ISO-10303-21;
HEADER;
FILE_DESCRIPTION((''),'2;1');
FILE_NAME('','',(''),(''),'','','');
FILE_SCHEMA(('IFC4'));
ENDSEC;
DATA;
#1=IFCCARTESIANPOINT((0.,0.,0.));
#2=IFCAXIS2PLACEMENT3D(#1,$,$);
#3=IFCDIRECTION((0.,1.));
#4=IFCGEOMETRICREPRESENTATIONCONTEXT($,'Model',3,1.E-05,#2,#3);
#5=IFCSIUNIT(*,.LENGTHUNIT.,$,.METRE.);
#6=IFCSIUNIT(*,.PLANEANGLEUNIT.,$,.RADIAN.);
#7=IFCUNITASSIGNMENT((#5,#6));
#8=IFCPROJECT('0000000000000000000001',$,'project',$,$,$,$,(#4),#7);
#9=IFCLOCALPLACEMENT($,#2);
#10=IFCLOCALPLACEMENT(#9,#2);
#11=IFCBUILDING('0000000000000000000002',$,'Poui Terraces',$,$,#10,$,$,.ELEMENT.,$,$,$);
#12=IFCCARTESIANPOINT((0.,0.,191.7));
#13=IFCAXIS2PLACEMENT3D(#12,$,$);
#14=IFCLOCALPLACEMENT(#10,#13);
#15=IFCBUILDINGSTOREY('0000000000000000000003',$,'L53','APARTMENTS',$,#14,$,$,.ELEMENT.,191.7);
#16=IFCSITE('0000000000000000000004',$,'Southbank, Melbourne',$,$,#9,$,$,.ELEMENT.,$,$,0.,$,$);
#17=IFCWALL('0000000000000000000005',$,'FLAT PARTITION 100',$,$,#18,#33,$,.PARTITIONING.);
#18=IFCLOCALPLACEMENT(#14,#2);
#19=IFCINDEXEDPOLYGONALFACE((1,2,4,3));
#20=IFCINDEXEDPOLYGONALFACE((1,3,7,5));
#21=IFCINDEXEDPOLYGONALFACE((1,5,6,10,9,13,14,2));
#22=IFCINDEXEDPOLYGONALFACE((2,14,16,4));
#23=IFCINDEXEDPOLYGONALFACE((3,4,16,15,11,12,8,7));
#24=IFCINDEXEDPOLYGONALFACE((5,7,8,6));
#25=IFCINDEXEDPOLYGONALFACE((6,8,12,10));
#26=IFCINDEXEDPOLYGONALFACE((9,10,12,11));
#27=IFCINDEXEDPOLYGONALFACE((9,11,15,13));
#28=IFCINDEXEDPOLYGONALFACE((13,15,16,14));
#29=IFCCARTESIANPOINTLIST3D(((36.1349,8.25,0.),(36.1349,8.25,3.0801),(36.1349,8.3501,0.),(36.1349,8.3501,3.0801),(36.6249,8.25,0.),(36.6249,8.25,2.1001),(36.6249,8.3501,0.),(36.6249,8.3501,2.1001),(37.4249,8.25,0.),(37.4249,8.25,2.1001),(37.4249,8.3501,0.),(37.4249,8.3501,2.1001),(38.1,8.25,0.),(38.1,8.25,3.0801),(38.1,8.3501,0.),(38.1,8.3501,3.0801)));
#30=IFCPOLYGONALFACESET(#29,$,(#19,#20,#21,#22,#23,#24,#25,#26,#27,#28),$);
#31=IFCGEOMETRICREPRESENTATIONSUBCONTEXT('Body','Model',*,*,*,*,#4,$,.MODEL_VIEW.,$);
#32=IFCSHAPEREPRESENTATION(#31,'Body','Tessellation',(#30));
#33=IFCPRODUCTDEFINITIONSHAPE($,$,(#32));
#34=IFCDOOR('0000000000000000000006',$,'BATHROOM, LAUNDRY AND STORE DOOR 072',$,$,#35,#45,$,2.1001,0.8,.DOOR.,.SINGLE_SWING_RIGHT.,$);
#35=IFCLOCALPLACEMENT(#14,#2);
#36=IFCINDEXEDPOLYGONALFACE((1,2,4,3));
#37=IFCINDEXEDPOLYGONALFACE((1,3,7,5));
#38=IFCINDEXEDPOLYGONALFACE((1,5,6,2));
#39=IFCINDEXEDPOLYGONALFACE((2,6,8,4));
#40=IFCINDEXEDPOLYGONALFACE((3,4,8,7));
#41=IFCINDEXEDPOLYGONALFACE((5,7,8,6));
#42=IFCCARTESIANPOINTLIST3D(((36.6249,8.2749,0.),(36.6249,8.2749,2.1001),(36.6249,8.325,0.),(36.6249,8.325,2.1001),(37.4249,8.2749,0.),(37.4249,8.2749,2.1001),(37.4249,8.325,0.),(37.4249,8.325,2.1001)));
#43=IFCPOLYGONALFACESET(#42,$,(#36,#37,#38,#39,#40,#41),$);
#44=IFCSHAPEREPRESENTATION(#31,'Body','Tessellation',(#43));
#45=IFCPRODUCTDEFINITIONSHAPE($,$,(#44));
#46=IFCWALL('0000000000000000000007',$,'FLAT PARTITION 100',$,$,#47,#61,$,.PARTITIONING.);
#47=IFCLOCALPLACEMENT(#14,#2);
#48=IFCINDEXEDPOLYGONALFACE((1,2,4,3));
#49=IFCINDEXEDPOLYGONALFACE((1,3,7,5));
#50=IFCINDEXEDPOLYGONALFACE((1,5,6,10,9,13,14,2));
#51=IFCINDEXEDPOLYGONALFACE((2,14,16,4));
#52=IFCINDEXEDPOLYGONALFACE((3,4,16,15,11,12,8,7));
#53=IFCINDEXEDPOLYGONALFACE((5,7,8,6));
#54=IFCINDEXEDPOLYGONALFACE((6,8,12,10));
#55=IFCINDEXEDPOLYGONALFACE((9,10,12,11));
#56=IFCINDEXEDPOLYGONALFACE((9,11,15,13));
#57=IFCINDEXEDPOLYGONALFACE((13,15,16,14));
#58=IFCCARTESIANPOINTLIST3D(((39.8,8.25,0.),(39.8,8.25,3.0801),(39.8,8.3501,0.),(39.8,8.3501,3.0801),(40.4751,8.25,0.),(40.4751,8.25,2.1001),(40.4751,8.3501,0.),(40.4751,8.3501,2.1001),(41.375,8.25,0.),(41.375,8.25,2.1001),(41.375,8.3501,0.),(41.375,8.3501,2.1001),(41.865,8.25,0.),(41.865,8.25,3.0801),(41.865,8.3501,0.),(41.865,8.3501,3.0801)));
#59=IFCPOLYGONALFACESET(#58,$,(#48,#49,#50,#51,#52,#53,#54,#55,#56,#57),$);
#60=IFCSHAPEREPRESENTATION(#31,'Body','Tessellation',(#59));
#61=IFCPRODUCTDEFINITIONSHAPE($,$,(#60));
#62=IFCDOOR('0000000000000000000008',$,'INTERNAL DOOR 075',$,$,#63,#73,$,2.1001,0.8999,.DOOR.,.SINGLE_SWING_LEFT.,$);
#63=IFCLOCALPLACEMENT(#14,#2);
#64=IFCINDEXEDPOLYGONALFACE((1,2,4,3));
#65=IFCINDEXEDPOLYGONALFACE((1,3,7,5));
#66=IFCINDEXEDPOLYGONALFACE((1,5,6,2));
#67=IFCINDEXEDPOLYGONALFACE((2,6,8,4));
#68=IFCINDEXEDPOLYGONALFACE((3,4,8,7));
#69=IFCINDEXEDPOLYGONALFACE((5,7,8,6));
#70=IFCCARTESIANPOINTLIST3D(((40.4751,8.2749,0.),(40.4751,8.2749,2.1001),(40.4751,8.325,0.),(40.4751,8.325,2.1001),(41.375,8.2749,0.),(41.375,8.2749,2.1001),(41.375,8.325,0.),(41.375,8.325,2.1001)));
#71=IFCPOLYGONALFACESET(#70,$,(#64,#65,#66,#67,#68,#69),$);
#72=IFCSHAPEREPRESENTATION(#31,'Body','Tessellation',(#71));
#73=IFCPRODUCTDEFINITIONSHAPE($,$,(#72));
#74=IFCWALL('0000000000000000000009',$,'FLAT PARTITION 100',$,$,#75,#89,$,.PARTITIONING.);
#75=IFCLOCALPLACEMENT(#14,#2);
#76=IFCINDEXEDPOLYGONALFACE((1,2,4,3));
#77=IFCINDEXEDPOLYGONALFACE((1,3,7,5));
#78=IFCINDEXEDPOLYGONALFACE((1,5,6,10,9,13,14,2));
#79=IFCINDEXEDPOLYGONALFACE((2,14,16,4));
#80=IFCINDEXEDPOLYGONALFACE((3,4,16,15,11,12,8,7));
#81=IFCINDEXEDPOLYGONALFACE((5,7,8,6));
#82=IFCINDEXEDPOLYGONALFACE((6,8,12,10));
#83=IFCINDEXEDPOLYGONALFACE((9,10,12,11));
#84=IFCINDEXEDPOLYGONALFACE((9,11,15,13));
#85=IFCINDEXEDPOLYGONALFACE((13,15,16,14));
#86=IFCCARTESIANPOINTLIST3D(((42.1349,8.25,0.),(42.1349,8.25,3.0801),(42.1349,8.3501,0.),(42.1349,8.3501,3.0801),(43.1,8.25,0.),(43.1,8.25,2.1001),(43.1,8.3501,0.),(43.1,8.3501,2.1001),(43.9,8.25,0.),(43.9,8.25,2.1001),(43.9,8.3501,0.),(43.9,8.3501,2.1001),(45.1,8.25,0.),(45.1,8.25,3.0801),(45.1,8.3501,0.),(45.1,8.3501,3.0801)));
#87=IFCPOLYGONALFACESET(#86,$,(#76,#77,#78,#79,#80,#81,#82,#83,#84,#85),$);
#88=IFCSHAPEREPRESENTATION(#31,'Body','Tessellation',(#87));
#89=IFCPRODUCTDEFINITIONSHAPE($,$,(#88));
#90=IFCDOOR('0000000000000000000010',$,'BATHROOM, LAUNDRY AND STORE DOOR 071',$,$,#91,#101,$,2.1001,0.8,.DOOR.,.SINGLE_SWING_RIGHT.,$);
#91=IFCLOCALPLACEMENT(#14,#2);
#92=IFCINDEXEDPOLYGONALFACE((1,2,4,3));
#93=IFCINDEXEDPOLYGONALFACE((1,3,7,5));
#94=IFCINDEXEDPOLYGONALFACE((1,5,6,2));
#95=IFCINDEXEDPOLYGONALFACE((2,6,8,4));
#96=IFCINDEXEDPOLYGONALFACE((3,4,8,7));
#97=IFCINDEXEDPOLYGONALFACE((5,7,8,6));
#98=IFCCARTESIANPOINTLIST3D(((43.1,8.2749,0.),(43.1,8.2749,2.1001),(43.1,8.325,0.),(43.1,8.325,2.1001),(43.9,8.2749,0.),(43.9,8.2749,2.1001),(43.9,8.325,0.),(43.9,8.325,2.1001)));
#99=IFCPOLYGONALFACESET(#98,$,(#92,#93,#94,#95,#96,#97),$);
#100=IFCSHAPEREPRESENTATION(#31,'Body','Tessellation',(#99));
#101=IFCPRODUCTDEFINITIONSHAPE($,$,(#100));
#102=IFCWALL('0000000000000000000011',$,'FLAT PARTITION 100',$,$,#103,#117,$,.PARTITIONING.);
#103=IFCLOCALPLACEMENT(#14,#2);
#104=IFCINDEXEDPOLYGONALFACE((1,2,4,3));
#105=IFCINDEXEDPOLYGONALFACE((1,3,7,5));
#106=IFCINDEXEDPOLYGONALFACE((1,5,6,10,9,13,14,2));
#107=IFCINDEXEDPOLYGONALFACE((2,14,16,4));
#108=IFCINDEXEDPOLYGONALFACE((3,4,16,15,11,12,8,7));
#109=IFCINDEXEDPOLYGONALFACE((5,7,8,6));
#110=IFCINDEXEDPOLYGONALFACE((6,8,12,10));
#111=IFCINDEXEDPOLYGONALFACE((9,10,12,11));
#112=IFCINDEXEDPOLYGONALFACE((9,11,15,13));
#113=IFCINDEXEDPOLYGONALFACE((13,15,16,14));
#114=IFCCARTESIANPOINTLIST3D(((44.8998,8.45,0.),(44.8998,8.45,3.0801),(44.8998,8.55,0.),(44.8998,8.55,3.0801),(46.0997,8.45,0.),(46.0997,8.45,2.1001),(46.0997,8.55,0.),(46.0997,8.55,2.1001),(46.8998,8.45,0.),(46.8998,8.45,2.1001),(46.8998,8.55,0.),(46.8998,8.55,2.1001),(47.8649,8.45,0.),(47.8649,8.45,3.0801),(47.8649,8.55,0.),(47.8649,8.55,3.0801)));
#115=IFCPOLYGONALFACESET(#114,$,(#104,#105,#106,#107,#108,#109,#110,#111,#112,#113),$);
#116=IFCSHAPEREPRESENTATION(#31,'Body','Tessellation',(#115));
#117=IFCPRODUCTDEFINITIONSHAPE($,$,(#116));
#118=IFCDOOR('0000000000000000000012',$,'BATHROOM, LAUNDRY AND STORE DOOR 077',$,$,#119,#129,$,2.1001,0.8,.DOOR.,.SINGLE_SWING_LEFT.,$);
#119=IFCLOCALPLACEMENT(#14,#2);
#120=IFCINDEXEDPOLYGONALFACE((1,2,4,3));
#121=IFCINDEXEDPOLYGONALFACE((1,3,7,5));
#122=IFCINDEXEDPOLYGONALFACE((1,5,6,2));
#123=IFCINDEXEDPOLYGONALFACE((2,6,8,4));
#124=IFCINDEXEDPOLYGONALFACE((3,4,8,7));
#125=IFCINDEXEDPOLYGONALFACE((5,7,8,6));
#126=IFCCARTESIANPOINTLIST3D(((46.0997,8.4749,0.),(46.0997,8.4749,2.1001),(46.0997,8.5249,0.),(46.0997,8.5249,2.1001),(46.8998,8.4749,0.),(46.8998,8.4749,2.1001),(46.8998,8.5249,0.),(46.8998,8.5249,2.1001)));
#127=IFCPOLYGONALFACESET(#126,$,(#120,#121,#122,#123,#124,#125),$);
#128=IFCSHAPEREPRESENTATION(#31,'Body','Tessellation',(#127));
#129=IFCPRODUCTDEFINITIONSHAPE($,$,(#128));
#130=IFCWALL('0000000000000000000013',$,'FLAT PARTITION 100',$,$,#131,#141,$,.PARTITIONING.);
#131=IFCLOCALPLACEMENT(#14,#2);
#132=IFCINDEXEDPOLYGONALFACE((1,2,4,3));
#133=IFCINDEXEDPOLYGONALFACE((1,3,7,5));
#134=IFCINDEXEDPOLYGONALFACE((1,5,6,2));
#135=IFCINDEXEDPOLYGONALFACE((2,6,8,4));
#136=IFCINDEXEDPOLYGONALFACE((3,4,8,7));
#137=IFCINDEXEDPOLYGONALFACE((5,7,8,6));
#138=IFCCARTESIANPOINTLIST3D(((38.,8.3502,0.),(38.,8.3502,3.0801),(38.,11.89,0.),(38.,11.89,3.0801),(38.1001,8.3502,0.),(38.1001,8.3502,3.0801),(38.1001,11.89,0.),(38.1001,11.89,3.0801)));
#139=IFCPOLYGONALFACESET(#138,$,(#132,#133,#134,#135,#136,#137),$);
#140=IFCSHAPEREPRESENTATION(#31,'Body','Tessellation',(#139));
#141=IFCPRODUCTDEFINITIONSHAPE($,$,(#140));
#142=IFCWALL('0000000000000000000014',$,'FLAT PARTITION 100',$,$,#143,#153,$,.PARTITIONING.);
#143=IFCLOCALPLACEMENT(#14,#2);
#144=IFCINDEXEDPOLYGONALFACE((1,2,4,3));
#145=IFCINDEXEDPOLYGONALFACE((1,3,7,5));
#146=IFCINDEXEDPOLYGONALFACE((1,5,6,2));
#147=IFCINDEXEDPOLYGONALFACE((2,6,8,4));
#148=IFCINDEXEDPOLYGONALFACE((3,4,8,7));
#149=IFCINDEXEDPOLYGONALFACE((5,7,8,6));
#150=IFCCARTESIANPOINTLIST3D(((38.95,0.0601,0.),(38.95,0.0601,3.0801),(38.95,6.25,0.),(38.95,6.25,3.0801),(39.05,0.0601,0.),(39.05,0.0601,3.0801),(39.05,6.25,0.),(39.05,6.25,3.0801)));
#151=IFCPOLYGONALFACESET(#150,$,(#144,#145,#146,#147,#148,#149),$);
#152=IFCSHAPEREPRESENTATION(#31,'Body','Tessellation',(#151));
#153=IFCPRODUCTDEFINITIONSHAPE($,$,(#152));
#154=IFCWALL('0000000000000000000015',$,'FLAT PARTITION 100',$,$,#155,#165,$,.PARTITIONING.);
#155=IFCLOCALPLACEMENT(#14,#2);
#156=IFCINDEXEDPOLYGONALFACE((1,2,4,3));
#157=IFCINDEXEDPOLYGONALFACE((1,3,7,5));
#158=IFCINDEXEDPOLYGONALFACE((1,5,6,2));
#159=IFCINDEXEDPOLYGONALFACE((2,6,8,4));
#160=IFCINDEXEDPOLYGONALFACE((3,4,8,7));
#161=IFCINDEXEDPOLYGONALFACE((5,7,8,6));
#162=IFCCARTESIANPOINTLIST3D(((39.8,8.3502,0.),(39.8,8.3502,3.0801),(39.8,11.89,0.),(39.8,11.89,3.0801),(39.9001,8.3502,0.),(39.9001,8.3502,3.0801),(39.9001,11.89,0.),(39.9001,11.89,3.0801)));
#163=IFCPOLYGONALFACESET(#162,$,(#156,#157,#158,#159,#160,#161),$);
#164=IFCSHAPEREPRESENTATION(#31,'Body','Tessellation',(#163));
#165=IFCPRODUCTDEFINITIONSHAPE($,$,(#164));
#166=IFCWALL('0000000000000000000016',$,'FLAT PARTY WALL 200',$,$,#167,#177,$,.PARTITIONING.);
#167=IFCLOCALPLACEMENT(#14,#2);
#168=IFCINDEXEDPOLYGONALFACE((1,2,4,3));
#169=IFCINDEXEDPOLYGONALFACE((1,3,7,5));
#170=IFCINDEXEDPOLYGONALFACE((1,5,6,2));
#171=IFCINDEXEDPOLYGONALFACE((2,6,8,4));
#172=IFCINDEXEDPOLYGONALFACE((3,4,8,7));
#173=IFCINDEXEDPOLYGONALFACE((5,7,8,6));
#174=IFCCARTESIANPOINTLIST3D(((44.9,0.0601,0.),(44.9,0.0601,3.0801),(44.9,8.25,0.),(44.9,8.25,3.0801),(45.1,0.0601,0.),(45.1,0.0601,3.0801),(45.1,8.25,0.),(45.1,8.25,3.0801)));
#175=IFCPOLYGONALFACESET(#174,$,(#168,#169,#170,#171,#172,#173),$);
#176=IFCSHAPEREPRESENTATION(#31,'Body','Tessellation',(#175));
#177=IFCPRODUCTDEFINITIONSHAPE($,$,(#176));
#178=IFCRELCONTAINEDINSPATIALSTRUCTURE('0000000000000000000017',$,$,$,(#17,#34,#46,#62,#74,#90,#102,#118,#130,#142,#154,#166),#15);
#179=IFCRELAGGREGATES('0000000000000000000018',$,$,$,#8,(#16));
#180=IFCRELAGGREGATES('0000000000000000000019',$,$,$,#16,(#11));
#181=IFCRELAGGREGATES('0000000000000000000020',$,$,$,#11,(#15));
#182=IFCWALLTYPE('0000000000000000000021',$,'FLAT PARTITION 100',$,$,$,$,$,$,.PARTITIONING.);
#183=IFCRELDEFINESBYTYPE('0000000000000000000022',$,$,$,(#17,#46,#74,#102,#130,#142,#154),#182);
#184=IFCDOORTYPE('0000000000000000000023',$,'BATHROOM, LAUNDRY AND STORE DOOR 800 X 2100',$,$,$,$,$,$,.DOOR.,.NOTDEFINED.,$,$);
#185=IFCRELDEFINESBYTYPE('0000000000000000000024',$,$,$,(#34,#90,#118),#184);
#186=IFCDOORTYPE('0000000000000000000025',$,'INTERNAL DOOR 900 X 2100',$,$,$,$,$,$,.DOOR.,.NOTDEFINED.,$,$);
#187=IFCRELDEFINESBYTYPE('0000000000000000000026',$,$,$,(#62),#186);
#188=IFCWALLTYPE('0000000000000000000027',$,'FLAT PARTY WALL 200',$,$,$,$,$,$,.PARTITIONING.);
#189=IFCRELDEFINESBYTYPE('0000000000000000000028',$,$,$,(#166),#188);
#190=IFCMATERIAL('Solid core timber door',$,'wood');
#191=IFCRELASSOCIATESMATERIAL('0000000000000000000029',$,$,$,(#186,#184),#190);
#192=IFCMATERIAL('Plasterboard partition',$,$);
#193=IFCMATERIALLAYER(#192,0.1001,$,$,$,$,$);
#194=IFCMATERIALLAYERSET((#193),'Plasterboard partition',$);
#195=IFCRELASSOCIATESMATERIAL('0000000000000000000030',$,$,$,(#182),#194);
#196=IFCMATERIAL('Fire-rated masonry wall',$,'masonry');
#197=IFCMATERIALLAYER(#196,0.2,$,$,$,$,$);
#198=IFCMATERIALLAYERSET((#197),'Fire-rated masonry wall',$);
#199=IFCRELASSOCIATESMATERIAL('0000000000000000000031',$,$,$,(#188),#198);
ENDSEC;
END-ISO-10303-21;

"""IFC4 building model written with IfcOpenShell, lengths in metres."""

from ifc_helpers import new_model, si_unit, direction, frame, frame_2d, origin, place, context, subcontext, project, spatial, rectangle, extrude, material, layer, layer_set, type_object, element, fill, save


model = new_model("IFC4")

# Units and contexts
model_context = context("Model", 3, precision=1e-05, world=origin(), true_north=direction((0.0, 1.0)))
body_context = subcontext(model_context, "Body", "Model", "MODEL_VIEW")
ifc_project = project(units=[si_unit("LENGTHUNIT", "METRE"), si_unit("PLANEANGLEUNIT", "RADIAN")], contexts=[model_context])

# Site, building, storey
site_placement = place(None, origin())
site = spatial("IfcSite", under=ifc_project, at=site_placement, Name="Southbank, Melbourne", CompositionType="ELEMENT", RefElevation=0.0)
building_placement = place(site_placement, origin())
building = spatial("IfcBuilding", under=site, at=building_placement, Name="Poui Terraces", CompositionType="ELEMENT")
storey_placement = place(building_placement, frame((0.0, 0.0, 191.7)))
storey = spatial("IfcBuildingStorey", under=building, at=storey_placement, Name="L53", Description="APARTMENTS", CompositionType="ELEMENT", Elevation=191.7)

# Walls, openings, doors
ifc_material_1 = material(Name="Solid core timber door", Category="wood")
door_type_1 = type_object("IfcDoorType", Name="INTERNAL DOOR 900 X 2100", OperationType="NOTDEFINED", PredefinedType="DOOR", material=ifc_material_1)
ifc_material_2 = material(Name="Plasterboard partition")
ifc_layer_1 = layer(ifc_material_2, 0.1001)
ifc_layer_set_1 = layer_set([ifc_layer_1], Name="Plasterboard partition")
wall_type_1 = type_object("IfcWallType", Name="FLAT PARTITION 100", PredefinedType="PARTITIONING", material=ifc_layer_set_1)
wall_1_placement = place(storey_placement, frame((36.135, 8.3, 0.0), z_axis=(0.0, 0.0, 1.0), x_axis=(1.0, 0.0, 0.0)))
wall_1 = element("IfcWall", 1, at=wall_1_placement, inside=storey, type_object=wall_type_1, Name="FLAT PARTITION 100", PredefinedType="PARTITIONING", context=body_context, shape_type="SweptSolid", body=[
    extrude(rectangle(XDim=1.9651, YDim=0.1001, at=frame_2d((0.9824, 0.0))), origin(), (0.0, 0.0, 1.0), 3.0801),
])
opening_1_placement = place(wall_1_placement, frame((0.49, 0.0, 0.0)))
opening_1 = element("IfcOpeningElement", 2, at=opening_1_placement, cuts=wall_1, PredefinedType="OPENING", context=body_context, shape_type="SweptSolid", body=[
    extrude(rectangle(XDim=0.8, YDim=2.1001, at=frame_2d((0.3999, 1.05))), frame((0.0, 0.0601, 0.0), z_axis=(0.0, -1.0, 0.0), x_axis=(1.0, 0.0, 0.0)), (0.0, 0.0, 1.0), 0.1201),
])
door_type_2 = type_object("IfcDoorType", Name="BATHROOM, LAUNDRY AND STORE DOOR 800 X 2100", OperationType="NOTDEFINED", PredefinedType="DOOR", material=ifc_material_1)
door_1_placement = place(opening_1_placement, origin())
door_1 = element("IfcDoor", 3, at=door_1_placement, inside=storey, type_object=door_type_2, Name="BATHROOM, LAUNDRY AND STORE DOOR 072", OperationType="SINGLE_SWING_RIGHT", OverallHeight=2.1001, OverallWidth=0.8, PredefinedType="DOOR", context=body_context, shape_type="SweptSolid", body=[
    extrude(rectangle(XDim=0.8, YDim=2.1001, at=frame_2d((0.3999, 1.05))), frame((0.0, 0.0249, 0.0), z_axis=(0.0, -1.0, 0.0), x_axis=(1.0, 0.0, 0.0)), (0.0, 0.0, 1.0), 0.05),
])
fill(opening_1, door_1)
wall_2_placement = place(storey_placement, frame((39.8, 8.3, 0.0), z_axis=(0.0, 0.0, 1.0), x_axis=(1.0, 0.0, 0.0)))
wall_2 = element("IfcWall", 4, at=wall_2_placement, inside=storey, type_object=wall_type_1, Name="FLAT PARTITION 100", PredefinedType="PARTITIONING", context=body_context, shape_type="SweptSolid", body=[
    extrude(rectangle(XDim=2.0649, YDim=0.1001, at=frame_2d((1.0325, 0.0))), origin(), (0.0, 0.0, 1.0), 3.0801),
])
opening_2_placement = place(wall_2_placement, frame((0.675, 0.0, 0.0)))
opening_2 = element("IfcOpeningElement", 5, at=opening_2_placement, cuts=wall_2, PredefinedType="OPENING", context=body_context, shape_type="SweptSolid", body=[
    extrude(rectangle(XDim=0.8999, YDim=2.1001, at=frame_2d((0.45, 1.05))), frame((0.0, 0.0601, 0.0), z_axis=(0.0, -1.0, 0.0), x_axis=(1.0, 0.0, 0.0)), (0.0, 0.0, 1.0), 0.1201),
])
door_2_placement = place(opening_2_placement, origin())
door_2 = element("IfcDoor", 6, at=door_2_placement, inside=storey, type_object=door_type_1, Name="INTERNAL DOOR 075", OperationType="SINGLE_SWING_LEFT", OverallHeight=2.1001, OverallWidth=0.8999, PredefinedType="DOOR", context=body_context, shape_type="SweptSolid", body=[
    extrude(rectangle(XDim=0.8999, YDim=2.1001, at=frame_2d((0.45, 1.05))), frame((0.0, 0.0249, 0.0), z_axis=(0.0, -1.0, 0.0), x_axis=(1.0, 0.0, 0.0)), (0.0, 0.0, 1.0), 0.05),
])
fill(opening_2, door_2)
wall_3_placement = place(storey_placement, frame((42.135, 8.3, 0.0), z_axis=(0.0, 0.0, 1.0), x_axis=(1.0, 0.0, 0.0)))
wall_3 = element("IfcWall", 7, at=wall_3_placement, inside=storey, type_object=wall_type_1, Name="FLAT PARTITION 100", PredefinedType="PARTITIONING", context=body_context, shape_type="SweptSolid", body=[
    extrude(rectangle(XDim=2.9651, YDim=0.1001, at=frame_2d((1.4824, 0.0))), origin(), (0.0, 0.0, 1.0), 3.0801),
])
opening_3_placement = place(wall_3_placement, frame((0.9651, 0.0, 0.0)))
opening_3 = element("IfcOpeningElement", 8, at=opening_3_placement, cuts=wall_3, PredefinedType="OPENING", context=body_context, shape_type="SweptSolid", body=[
    extrude(rectangle(XDim=0.8, YDim=2.1001, at=frame_2d((0.3999, 1.05))), frame((0.0, 0.0601, 0.0), z_axis=(0.0, -1.0, 0.0), x_axis=(1.0, 0.0, 0.0)), (0.0, 0.0, 1.0), 0.1201),
])
door_3_placement = place(opening_3_placement, origin())
door_3 = element("IfcDoor", 9, at=door_3_placement, inside=storey, type_object=door_type_2, Name="BATHROOM, LAUNDRY AND STORE DOOR 071", OperationType="SINGLE_SWING_RIGHT", OverallHeight=2.1001, OverallWidth=0.8, PredefinedType="DOOR", context=body_context, shape_type="SweptSolid", body=[
    extrude(rectangle(XDim=0.8, YDim=2.1001, at=frame_2d((0.3999, 1.05))), frame((0.0, 0.0249, 0.0), z_axis=(0.0, -1.0, 0.0), x_axis=(1.0, 0.0, 0.0)), (0.0, 0.0, 1.0), 0.05),
])
fill(opening_3, door_3)
wall_4_placement = place(storey_placement, frame((44.8999, 8.5, 0.0), z_axis=(0.0, 0.0, 1.0), x_axis=(1.0, 0.0, 0.0)))
wall_4 = element("IfcWall", 10, at=wall_4_placement, inside=storey, type_object=wall_type_1, Name="FLAT PARTITION 100", PredefinedType="PARTITIONING", context=body_context, shape_type="SweptSolid", body=[
    extrude(rectangle(XDim=2.9651, YDim=0.1001, at=frame_2d((1.4824, 0.0))), origin(), (0.0, 0.0, 1.0), 3.0801),
])
opening_4_placement = place(wall_4_placement, frame((1.2, 0.0, 0.0)))
opening_4 = element("IfcOpeningElement", 11, at=opening_4_placement, cuts=wall_4, PredefinedType="OPENING", context=body_context, shape_type="SweptSolid", body=[
    extrude(rectangle(XDim=0.8, YDim=2.1001, at=frame_2d((0.3999, 1.05))), frame((0.0, 0.0601, 0.0), z_axis=(0.0, -1.0, 0.0), x_axis=(1.0, 0.0, 0.0)), (0.0, 0.0, 1.0), 0.1201),
])
door_4_placement = place(opening_4_placement, origin())
door_4 = element("IfcDoor", 12, at=door_4_placement, inside=storey, type_object=door_type_2, Name="BATHROOM, LAUNDRY AND STORE DOOR 077", OperationType="SINGLE_SWING_LEFT", OverallHeight=2.1001, OverallWidth=0.8, PredefinedType="DOOR", context=body_context, shape_type="SweptSolid", body=[
    extrude(rectangle(XDim=0.8, YDim=2.1001, at=frame_2d((0.3999, 1.05))), frame((0.0, 0.0249, 0.0), z_axis=(0.0, -1.0, 0.0), x_axis=(1.0, 0.0, 0.0)), (0.0, 0.0, 1.0), 0.05),
])
fill(opening_4, door_4)

# Walls
wall_5_placement = place(storey_placement, frame((38.05, 8.3501, 0.0), z_axis=(0.0, 0.0, 1.0), x_axis=(0.0, 1.0, 0.0)))
element("IfcWall", 13, at=wall_5_placement, inside=storey, type_object=wall_type_1, Name="FLAT PARTITION 100", PredefinedType="PARTITIONING", context=body_context, shape_type="SweptSolid", body=[
    extrude(rectangle(XDim=3.5398, YDim=0.1001, at=frame_2d((1.77, 0.0))), origin(), (0.0, 0.0, 1.0), 3.0801),
])
wall_6_placement = place(storey_placement, frame((39.0, 0.0601, 0.0), z_axis=(0.0, 0.0, 1.0), x_axis=(0.0, 1.0, 0.0)))
element("IfcWall", 14, at=wall_6_placement, inside=storey, type_object=wall_type_1, Name="FLAT PARTITION 100", PredefinedType="PARTITIONING", context=body_context, shape_type="SweptSolid", body=[
    extrude(rectangle(XDim=6.1899, YDim=0.1001, at=frame_2d((3.095, 0.0))), origin(), (0.0, 0.0, 1.0), 3.0801),
])
wall_7_placement = place(storey_placement, frame((39.8501, 8.3501, 0.0), z_axis=(0.0, 0.0, 1.0), x_axis=(0.0, 1.0, 0.0)))
element("IfcWall", 15, at=wall_7_placement, inside=storey, type_object=wall_type_1, Name="FLAT PARTITION 100", PredefinedType="PARTITIONING", context=body_context, shape_type="SweptSolid", body=[
    extrude(rectangle(XDim=3.5398, YDim=0.1001, at=frame_2d((1.77, 0.0))), origin(), (0.0, 0.0, 1.0), 3.0801),
])
ifc_material_3 = material(Name="Fire-rated masonry wall", Category="masonry")
ifc_layer_2 = layer(ifc_material_3, 0.2)
ifc_layer_set_2 = layer_set([ifc_layer_2], Name="Fire-rated masonry wall")
wall_type_2 = type_object("IfcWallType", Name="FLAT PARTY WALL 200", PredefinedType="PARTITIONING", material=ifc_layer_set_2)
wall_8_placement = place(storey_placement, frame((45.0, 0.0601, 0.0), z_axis=(0.0, 0.0, 1.0), x_axis=(0.0, 1.0, 0.0)))
element("IfcWall", 16, at=wall_8_placement, inside=storey, type_object=wall_type_2, Name="FLAT PARTY WALL 200", PredefinedType="PARTITIONING", context=body_context, shape_type="SweptSolid", body=[
    extrude(rectangle(XDim=8.1899, YDim=0.2, at=frame_2d((4.095, 0.0))), origin(), (0.0, 0.0, 1.0), 3.0801),
])

save(model, "model.ifc")
